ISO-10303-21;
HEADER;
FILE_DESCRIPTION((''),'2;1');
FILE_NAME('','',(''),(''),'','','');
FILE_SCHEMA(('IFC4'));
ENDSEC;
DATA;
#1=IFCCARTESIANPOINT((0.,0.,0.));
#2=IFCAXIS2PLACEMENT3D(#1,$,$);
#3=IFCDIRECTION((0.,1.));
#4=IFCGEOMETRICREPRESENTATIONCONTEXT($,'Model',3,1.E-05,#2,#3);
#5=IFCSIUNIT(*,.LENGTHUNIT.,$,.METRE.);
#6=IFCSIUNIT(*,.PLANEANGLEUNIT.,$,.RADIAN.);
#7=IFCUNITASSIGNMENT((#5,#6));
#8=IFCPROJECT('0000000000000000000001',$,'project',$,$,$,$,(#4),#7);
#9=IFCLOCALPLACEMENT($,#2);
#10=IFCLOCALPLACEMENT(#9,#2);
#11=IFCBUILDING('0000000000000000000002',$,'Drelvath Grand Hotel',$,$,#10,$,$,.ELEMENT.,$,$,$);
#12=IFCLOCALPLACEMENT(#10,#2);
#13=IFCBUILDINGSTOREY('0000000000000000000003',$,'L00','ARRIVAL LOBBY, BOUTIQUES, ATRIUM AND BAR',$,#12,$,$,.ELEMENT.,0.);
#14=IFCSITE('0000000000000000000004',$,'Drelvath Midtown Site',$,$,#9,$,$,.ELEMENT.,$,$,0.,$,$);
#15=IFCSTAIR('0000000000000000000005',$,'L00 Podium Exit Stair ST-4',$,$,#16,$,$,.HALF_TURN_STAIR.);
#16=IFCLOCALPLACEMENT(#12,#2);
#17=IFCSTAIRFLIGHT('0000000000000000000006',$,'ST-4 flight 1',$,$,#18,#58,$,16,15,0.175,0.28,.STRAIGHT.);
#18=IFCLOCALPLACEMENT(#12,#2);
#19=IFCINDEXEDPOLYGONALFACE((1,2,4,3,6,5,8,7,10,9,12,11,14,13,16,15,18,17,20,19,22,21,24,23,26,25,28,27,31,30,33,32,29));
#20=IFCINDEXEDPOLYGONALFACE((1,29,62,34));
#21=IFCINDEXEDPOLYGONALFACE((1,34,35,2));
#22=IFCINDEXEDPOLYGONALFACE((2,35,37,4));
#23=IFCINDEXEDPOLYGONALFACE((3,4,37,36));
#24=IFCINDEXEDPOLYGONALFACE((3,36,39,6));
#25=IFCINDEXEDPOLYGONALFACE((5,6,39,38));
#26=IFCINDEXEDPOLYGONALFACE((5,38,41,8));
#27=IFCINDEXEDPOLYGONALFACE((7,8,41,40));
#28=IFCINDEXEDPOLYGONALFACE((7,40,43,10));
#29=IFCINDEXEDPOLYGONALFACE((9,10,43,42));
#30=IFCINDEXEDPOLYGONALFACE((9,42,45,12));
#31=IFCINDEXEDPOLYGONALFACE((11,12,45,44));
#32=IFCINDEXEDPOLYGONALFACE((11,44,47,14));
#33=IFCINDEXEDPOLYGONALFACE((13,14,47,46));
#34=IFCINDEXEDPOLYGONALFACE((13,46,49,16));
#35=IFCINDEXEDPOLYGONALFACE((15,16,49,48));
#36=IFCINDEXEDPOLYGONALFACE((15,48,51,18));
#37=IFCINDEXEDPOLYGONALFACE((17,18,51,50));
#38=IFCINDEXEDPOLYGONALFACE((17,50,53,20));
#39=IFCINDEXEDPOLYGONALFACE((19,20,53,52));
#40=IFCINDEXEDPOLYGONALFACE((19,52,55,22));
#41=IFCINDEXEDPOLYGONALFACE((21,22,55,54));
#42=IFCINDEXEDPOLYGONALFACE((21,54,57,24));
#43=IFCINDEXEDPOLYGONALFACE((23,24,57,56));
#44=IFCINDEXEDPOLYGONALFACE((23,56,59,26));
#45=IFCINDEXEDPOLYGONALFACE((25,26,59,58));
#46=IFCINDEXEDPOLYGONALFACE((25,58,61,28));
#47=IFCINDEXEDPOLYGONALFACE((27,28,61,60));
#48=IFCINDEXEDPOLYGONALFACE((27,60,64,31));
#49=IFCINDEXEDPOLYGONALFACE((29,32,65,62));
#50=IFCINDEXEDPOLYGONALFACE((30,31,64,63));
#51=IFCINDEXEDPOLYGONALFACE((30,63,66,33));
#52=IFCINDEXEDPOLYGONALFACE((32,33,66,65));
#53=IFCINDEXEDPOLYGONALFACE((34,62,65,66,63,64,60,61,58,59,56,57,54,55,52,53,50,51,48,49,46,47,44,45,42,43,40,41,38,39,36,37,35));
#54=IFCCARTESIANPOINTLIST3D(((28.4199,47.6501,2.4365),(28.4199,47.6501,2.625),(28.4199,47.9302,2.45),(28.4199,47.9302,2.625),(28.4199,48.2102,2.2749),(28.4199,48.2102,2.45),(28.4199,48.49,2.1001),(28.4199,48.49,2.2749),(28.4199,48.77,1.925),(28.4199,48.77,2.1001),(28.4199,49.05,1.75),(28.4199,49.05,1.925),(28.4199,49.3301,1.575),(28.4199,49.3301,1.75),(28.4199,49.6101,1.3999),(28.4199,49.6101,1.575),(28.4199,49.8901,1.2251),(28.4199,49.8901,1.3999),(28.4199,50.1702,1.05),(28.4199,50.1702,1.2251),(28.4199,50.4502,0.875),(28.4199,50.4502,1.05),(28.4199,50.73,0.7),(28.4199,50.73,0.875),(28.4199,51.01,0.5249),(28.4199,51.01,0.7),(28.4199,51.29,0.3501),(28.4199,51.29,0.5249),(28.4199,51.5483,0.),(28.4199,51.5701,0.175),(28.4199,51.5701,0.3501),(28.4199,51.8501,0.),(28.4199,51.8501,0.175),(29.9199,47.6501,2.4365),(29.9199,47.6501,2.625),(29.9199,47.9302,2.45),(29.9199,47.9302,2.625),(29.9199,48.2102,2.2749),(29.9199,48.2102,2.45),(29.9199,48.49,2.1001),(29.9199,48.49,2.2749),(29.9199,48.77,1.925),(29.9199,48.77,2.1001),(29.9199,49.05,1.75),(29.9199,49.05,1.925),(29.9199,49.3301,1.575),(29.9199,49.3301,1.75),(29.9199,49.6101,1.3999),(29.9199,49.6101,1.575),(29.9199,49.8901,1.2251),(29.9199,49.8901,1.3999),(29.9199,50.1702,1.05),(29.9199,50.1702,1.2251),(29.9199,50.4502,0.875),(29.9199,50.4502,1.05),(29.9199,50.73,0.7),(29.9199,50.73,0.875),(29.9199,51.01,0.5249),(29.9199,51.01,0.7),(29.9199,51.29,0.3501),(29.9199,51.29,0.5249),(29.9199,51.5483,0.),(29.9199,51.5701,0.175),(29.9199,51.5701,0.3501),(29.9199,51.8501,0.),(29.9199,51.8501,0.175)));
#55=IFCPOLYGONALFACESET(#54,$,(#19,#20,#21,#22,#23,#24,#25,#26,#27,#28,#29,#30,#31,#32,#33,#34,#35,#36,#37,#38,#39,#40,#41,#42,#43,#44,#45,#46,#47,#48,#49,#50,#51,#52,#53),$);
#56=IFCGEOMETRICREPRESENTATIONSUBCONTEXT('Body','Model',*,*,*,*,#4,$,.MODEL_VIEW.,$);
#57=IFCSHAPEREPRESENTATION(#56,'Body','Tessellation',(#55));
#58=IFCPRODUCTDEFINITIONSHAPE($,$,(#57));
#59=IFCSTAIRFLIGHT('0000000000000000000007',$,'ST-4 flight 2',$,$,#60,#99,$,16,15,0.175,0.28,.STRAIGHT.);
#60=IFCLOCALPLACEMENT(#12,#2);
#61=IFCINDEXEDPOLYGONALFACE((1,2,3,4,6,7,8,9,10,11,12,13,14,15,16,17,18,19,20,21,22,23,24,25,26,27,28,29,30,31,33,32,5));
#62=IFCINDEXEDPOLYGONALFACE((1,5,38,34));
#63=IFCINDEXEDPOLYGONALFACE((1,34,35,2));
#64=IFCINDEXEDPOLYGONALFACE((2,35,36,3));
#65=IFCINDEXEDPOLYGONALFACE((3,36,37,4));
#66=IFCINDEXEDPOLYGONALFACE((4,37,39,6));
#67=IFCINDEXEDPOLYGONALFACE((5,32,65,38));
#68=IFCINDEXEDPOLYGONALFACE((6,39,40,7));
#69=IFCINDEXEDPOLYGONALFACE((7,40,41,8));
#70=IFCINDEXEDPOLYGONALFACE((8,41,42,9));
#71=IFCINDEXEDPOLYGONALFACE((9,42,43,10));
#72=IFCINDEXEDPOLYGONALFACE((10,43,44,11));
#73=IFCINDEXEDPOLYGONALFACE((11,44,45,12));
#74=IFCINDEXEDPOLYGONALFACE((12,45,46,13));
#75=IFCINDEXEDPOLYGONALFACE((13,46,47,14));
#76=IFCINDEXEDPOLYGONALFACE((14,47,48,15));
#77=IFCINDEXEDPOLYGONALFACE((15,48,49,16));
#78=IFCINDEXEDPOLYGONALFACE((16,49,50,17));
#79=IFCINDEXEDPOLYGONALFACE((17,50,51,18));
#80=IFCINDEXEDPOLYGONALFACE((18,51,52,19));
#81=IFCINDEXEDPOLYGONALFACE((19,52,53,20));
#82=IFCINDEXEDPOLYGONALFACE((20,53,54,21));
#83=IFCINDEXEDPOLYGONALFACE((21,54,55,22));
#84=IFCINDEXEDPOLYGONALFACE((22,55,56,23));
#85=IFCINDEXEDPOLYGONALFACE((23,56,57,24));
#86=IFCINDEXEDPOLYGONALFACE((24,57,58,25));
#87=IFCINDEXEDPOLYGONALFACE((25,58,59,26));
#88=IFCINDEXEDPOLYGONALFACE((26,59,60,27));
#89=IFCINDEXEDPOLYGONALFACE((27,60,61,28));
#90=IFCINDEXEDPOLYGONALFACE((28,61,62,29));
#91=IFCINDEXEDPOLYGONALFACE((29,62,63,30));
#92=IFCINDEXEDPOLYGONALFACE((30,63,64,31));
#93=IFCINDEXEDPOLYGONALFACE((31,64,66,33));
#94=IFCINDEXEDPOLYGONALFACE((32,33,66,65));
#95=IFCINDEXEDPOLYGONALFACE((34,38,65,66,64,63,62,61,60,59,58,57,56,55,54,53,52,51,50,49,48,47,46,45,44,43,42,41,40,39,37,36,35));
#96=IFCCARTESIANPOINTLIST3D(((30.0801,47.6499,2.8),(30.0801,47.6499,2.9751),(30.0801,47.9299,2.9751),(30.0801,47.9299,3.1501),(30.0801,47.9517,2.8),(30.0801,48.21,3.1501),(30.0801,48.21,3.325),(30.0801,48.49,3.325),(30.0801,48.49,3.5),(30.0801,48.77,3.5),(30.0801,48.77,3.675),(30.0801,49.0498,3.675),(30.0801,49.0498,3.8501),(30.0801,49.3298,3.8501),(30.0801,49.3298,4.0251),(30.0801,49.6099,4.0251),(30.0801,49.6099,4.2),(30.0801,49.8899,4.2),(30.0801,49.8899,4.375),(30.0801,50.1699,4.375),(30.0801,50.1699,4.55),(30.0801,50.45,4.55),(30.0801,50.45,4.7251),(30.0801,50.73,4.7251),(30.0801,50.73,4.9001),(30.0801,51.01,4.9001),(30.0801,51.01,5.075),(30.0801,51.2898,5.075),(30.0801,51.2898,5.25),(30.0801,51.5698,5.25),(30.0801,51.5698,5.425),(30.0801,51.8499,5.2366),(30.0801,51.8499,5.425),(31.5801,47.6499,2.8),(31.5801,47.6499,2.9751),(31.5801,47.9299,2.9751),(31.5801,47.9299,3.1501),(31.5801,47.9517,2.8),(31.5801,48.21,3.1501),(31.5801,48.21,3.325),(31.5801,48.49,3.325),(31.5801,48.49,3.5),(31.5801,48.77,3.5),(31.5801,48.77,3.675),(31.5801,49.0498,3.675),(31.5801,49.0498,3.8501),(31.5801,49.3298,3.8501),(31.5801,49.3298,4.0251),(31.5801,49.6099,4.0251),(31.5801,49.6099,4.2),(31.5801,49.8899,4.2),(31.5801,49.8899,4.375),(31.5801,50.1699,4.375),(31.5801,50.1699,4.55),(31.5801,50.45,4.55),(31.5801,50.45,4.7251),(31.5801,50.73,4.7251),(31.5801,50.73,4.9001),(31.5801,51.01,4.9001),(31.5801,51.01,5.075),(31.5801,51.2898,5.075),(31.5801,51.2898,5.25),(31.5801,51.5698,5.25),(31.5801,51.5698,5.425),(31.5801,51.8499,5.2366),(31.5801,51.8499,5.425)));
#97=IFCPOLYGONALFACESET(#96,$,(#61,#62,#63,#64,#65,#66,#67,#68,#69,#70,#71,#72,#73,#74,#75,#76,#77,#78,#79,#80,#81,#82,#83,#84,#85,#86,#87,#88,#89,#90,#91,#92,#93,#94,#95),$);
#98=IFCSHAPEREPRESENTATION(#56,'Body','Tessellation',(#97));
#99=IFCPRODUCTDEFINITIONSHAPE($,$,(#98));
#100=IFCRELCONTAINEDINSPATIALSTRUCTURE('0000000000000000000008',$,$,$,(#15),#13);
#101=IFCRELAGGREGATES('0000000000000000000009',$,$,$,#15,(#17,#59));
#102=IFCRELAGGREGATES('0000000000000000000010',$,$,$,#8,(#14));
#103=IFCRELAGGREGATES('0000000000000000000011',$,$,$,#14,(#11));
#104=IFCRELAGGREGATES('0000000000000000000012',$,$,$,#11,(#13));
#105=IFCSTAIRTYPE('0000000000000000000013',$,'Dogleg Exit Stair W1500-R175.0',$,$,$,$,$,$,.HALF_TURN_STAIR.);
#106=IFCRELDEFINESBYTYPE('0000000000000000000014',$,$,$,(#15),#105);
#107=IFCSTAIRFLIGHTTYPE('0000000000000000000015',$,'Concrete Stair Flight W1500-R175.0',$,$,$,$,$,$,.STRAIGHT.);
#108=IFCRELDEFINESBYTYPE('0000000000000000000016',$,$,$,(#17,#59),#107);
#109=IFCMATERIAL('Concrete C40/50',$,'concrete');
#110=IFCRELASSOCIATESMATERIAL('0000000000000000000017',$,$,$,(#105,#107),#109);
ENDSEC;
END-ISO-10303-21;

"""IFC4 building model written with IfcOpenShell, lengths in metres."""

from ifc_helpers import new_model, si_unit, direction, frame, origin, place, context, subcontext, project, spatial, polyline, outline, extrude, material, type_object, element, aggregate, save


model = new_model("IFC4")

# Units and contexts
model_context = context("Model", 3, precision=1e-05, world=origin(), true_north=direction((0.0, 1.0)))
body_context = subcontext(model_context, "Body", "Model", "MODEL_VIEW")
ifc_project = project(units=[si_unit("LENGTHUNIT", "METRE"), si_unit("PLANEANGLEUNIT", "RADIAN")], contexts=[model_context])

# Site, building, storey
site_placement = place(None, origin())
site = spatial("IfcSite", under=ifc_project, at=site_placement, Name="Drelvath Midtown Site", CompositionType="ELEMENT", RefElevation=0.0)
building_placement = place(site_placement, origin())
building = spatial("IfcBuilding", under=site, at=building_placement, Name="Drelvath Grand Hotel", CompositionType="ELEMENT")
storey_placement = place(building_placement, origin())
storey = spatial("IfcBuildingStorey", under=building, at=storey_placement, Name="L00", Description="ARRIVAL LOBBY, BOUTIQUES, ATRIUM AND BAR", CompositionType="ELEMENT", Elevation=0.0)

# Shared definitions
ifc_material_1 = material(Name="Concrete C40/50", Category="concrete")

# Stair, stair flights
stair_type = type_object("IfcStairType", Name="Dogleg Exit Stair W1500-R175.0", PredefinedType="HALF_TURN_STAIR", material=ifc_material_1)
stair_placement = place(storey_placement, origin())
stair = element("IfcStair", 1, at=stair_placement, inside=storey, type_object=stair_type, Name="L00 Podium Exit Stair ST-4", PredefinedType="HALF_TURN_STAIR")
stair_flight_type = type_object("IfcStairFlightType", Name="Concrete Stair Flight W1500-R175.0", PredefinedType="STRAIGHT", material=ifc_material_1)
stair_flight_1_placement = place(storey_placement, frame((29.1699, 51.8501, 0.0), z_axis=(0.0, 0.0, 1.0), x_axis=(0.0, -1.0, 0.0)))
stair_flight_1 = element("IfcStairFlight", 2, at=stair_flight_1_placement, type_object=stair_flight_type, Name="ST-4 flight 1", NumberOfRisers=16, NumberOfTreads=15, PredefinedType="STRAIGHT", RiserHeight=0.175, TreadLength=0.28, context=body_context, shape_type="SweptSolid", body=[
    extrude(outline(polyline([(0.0, 0.0), (0.0, 0.175), (0.28, 0.175), (0.28, 0.3501), (0.5601, 0.3501), (0.5601, 0.5249), (0.8401, 0.5249), (0.8401, 0.7), (1.1201, 0.7), (1.1201, 0.875), (1.3999, 0.875), (1.3999, 1.05), (1.6799, 1.05), (1.6799, 1.2251), (1.96, 1.2251), (1.96, 1.3999), (2.24, 1.3999), (2.24, 1.575), (2.52, 1.575), (2.52, 1.75), (2.8, 1.75), (2.8, 1.925), (3.0801, 1.925), (3.0801, 2.1001), (3.3601, 2.1001), (3.3601, 2.2749), (3.6399, 2.2749), (3.6399, 2.45), (3.9199, 2.45), (3.9199, 2.625), (4.2, 2.625), (4.2, 2.8), (4.2, 2.4365), (0.3018, 0.0), (0.0, 0.0)])), frame((0.0, 0.75, 0.0), z_axis=(0.0, -1.0, 0.0), x_axis=(1.0, 0.0, 0.0)), (0.0, 0.0, 1.0), 1.5),
])
stair_flight_2_placement = place(storey_placement, frame((30.8301, 47.6499, 2.8), z_axis=(0.0, 0.0, 1.0), x_axis=(0.0, 1.0, 0.0)))
stair_flight_2 = element("IfcStairFlight", 3, at=stair_flight_2_placement, type_object=stair_flight_type, Name="ST-4 flight 2", NumberOfRisers=16, NumberOfTreads=15, PredefinedType="STRAIGHT", RiserHeight=0.175, TreadLength=0.28, context=body_context, shape_type="SweptSolid", body=[
    extrude(outline(polyline([(0.0, 0.0), (0.0, 0.175), (0.28, 0.175), (0.28, 0.3501), (0.5601, 0.3501), (0.5601, 0.5249), (0.8401, 0.5249), (0.8401, 0.7), (1.1201, 0.7), (1.1201, 0.875), (1.3999, 0.875), (1.3999, 1.05), (1.6799, 1.05), (1.6799, 1.2251), (1.96, 1.2251), (1.96, 1.3999), (2.24, 1.3999), (2.24, 1.575), (2.52, 1.575), (2.52, 1.75), (2.8, 1.75), (2.8, 1.925), (3.0801, 1.925), (3.0801, 2.1001), (3.3601, 2.1001), (3.3601, 2.2749), (3.6399, 2.2749), (3.6399, 2.45), (3.9199, 2.45), (3.9199, 2.625), (4.2, 2.625), (4.2, 2.8), (4.2, 2.4365), (0.3018, 0.0), (0.0, 0.0)])), frame((0.0, 0.75, 0.0), z_axis=(0.0, -1.0, 0.0), x_axis=(1.0, 0.0, 0.0)), (0.0, 0.0, 1.0), 1.5),
])
aggregate(stair, [stair_flight_1, stair_flight_2])

save(model, "model.ifc")
